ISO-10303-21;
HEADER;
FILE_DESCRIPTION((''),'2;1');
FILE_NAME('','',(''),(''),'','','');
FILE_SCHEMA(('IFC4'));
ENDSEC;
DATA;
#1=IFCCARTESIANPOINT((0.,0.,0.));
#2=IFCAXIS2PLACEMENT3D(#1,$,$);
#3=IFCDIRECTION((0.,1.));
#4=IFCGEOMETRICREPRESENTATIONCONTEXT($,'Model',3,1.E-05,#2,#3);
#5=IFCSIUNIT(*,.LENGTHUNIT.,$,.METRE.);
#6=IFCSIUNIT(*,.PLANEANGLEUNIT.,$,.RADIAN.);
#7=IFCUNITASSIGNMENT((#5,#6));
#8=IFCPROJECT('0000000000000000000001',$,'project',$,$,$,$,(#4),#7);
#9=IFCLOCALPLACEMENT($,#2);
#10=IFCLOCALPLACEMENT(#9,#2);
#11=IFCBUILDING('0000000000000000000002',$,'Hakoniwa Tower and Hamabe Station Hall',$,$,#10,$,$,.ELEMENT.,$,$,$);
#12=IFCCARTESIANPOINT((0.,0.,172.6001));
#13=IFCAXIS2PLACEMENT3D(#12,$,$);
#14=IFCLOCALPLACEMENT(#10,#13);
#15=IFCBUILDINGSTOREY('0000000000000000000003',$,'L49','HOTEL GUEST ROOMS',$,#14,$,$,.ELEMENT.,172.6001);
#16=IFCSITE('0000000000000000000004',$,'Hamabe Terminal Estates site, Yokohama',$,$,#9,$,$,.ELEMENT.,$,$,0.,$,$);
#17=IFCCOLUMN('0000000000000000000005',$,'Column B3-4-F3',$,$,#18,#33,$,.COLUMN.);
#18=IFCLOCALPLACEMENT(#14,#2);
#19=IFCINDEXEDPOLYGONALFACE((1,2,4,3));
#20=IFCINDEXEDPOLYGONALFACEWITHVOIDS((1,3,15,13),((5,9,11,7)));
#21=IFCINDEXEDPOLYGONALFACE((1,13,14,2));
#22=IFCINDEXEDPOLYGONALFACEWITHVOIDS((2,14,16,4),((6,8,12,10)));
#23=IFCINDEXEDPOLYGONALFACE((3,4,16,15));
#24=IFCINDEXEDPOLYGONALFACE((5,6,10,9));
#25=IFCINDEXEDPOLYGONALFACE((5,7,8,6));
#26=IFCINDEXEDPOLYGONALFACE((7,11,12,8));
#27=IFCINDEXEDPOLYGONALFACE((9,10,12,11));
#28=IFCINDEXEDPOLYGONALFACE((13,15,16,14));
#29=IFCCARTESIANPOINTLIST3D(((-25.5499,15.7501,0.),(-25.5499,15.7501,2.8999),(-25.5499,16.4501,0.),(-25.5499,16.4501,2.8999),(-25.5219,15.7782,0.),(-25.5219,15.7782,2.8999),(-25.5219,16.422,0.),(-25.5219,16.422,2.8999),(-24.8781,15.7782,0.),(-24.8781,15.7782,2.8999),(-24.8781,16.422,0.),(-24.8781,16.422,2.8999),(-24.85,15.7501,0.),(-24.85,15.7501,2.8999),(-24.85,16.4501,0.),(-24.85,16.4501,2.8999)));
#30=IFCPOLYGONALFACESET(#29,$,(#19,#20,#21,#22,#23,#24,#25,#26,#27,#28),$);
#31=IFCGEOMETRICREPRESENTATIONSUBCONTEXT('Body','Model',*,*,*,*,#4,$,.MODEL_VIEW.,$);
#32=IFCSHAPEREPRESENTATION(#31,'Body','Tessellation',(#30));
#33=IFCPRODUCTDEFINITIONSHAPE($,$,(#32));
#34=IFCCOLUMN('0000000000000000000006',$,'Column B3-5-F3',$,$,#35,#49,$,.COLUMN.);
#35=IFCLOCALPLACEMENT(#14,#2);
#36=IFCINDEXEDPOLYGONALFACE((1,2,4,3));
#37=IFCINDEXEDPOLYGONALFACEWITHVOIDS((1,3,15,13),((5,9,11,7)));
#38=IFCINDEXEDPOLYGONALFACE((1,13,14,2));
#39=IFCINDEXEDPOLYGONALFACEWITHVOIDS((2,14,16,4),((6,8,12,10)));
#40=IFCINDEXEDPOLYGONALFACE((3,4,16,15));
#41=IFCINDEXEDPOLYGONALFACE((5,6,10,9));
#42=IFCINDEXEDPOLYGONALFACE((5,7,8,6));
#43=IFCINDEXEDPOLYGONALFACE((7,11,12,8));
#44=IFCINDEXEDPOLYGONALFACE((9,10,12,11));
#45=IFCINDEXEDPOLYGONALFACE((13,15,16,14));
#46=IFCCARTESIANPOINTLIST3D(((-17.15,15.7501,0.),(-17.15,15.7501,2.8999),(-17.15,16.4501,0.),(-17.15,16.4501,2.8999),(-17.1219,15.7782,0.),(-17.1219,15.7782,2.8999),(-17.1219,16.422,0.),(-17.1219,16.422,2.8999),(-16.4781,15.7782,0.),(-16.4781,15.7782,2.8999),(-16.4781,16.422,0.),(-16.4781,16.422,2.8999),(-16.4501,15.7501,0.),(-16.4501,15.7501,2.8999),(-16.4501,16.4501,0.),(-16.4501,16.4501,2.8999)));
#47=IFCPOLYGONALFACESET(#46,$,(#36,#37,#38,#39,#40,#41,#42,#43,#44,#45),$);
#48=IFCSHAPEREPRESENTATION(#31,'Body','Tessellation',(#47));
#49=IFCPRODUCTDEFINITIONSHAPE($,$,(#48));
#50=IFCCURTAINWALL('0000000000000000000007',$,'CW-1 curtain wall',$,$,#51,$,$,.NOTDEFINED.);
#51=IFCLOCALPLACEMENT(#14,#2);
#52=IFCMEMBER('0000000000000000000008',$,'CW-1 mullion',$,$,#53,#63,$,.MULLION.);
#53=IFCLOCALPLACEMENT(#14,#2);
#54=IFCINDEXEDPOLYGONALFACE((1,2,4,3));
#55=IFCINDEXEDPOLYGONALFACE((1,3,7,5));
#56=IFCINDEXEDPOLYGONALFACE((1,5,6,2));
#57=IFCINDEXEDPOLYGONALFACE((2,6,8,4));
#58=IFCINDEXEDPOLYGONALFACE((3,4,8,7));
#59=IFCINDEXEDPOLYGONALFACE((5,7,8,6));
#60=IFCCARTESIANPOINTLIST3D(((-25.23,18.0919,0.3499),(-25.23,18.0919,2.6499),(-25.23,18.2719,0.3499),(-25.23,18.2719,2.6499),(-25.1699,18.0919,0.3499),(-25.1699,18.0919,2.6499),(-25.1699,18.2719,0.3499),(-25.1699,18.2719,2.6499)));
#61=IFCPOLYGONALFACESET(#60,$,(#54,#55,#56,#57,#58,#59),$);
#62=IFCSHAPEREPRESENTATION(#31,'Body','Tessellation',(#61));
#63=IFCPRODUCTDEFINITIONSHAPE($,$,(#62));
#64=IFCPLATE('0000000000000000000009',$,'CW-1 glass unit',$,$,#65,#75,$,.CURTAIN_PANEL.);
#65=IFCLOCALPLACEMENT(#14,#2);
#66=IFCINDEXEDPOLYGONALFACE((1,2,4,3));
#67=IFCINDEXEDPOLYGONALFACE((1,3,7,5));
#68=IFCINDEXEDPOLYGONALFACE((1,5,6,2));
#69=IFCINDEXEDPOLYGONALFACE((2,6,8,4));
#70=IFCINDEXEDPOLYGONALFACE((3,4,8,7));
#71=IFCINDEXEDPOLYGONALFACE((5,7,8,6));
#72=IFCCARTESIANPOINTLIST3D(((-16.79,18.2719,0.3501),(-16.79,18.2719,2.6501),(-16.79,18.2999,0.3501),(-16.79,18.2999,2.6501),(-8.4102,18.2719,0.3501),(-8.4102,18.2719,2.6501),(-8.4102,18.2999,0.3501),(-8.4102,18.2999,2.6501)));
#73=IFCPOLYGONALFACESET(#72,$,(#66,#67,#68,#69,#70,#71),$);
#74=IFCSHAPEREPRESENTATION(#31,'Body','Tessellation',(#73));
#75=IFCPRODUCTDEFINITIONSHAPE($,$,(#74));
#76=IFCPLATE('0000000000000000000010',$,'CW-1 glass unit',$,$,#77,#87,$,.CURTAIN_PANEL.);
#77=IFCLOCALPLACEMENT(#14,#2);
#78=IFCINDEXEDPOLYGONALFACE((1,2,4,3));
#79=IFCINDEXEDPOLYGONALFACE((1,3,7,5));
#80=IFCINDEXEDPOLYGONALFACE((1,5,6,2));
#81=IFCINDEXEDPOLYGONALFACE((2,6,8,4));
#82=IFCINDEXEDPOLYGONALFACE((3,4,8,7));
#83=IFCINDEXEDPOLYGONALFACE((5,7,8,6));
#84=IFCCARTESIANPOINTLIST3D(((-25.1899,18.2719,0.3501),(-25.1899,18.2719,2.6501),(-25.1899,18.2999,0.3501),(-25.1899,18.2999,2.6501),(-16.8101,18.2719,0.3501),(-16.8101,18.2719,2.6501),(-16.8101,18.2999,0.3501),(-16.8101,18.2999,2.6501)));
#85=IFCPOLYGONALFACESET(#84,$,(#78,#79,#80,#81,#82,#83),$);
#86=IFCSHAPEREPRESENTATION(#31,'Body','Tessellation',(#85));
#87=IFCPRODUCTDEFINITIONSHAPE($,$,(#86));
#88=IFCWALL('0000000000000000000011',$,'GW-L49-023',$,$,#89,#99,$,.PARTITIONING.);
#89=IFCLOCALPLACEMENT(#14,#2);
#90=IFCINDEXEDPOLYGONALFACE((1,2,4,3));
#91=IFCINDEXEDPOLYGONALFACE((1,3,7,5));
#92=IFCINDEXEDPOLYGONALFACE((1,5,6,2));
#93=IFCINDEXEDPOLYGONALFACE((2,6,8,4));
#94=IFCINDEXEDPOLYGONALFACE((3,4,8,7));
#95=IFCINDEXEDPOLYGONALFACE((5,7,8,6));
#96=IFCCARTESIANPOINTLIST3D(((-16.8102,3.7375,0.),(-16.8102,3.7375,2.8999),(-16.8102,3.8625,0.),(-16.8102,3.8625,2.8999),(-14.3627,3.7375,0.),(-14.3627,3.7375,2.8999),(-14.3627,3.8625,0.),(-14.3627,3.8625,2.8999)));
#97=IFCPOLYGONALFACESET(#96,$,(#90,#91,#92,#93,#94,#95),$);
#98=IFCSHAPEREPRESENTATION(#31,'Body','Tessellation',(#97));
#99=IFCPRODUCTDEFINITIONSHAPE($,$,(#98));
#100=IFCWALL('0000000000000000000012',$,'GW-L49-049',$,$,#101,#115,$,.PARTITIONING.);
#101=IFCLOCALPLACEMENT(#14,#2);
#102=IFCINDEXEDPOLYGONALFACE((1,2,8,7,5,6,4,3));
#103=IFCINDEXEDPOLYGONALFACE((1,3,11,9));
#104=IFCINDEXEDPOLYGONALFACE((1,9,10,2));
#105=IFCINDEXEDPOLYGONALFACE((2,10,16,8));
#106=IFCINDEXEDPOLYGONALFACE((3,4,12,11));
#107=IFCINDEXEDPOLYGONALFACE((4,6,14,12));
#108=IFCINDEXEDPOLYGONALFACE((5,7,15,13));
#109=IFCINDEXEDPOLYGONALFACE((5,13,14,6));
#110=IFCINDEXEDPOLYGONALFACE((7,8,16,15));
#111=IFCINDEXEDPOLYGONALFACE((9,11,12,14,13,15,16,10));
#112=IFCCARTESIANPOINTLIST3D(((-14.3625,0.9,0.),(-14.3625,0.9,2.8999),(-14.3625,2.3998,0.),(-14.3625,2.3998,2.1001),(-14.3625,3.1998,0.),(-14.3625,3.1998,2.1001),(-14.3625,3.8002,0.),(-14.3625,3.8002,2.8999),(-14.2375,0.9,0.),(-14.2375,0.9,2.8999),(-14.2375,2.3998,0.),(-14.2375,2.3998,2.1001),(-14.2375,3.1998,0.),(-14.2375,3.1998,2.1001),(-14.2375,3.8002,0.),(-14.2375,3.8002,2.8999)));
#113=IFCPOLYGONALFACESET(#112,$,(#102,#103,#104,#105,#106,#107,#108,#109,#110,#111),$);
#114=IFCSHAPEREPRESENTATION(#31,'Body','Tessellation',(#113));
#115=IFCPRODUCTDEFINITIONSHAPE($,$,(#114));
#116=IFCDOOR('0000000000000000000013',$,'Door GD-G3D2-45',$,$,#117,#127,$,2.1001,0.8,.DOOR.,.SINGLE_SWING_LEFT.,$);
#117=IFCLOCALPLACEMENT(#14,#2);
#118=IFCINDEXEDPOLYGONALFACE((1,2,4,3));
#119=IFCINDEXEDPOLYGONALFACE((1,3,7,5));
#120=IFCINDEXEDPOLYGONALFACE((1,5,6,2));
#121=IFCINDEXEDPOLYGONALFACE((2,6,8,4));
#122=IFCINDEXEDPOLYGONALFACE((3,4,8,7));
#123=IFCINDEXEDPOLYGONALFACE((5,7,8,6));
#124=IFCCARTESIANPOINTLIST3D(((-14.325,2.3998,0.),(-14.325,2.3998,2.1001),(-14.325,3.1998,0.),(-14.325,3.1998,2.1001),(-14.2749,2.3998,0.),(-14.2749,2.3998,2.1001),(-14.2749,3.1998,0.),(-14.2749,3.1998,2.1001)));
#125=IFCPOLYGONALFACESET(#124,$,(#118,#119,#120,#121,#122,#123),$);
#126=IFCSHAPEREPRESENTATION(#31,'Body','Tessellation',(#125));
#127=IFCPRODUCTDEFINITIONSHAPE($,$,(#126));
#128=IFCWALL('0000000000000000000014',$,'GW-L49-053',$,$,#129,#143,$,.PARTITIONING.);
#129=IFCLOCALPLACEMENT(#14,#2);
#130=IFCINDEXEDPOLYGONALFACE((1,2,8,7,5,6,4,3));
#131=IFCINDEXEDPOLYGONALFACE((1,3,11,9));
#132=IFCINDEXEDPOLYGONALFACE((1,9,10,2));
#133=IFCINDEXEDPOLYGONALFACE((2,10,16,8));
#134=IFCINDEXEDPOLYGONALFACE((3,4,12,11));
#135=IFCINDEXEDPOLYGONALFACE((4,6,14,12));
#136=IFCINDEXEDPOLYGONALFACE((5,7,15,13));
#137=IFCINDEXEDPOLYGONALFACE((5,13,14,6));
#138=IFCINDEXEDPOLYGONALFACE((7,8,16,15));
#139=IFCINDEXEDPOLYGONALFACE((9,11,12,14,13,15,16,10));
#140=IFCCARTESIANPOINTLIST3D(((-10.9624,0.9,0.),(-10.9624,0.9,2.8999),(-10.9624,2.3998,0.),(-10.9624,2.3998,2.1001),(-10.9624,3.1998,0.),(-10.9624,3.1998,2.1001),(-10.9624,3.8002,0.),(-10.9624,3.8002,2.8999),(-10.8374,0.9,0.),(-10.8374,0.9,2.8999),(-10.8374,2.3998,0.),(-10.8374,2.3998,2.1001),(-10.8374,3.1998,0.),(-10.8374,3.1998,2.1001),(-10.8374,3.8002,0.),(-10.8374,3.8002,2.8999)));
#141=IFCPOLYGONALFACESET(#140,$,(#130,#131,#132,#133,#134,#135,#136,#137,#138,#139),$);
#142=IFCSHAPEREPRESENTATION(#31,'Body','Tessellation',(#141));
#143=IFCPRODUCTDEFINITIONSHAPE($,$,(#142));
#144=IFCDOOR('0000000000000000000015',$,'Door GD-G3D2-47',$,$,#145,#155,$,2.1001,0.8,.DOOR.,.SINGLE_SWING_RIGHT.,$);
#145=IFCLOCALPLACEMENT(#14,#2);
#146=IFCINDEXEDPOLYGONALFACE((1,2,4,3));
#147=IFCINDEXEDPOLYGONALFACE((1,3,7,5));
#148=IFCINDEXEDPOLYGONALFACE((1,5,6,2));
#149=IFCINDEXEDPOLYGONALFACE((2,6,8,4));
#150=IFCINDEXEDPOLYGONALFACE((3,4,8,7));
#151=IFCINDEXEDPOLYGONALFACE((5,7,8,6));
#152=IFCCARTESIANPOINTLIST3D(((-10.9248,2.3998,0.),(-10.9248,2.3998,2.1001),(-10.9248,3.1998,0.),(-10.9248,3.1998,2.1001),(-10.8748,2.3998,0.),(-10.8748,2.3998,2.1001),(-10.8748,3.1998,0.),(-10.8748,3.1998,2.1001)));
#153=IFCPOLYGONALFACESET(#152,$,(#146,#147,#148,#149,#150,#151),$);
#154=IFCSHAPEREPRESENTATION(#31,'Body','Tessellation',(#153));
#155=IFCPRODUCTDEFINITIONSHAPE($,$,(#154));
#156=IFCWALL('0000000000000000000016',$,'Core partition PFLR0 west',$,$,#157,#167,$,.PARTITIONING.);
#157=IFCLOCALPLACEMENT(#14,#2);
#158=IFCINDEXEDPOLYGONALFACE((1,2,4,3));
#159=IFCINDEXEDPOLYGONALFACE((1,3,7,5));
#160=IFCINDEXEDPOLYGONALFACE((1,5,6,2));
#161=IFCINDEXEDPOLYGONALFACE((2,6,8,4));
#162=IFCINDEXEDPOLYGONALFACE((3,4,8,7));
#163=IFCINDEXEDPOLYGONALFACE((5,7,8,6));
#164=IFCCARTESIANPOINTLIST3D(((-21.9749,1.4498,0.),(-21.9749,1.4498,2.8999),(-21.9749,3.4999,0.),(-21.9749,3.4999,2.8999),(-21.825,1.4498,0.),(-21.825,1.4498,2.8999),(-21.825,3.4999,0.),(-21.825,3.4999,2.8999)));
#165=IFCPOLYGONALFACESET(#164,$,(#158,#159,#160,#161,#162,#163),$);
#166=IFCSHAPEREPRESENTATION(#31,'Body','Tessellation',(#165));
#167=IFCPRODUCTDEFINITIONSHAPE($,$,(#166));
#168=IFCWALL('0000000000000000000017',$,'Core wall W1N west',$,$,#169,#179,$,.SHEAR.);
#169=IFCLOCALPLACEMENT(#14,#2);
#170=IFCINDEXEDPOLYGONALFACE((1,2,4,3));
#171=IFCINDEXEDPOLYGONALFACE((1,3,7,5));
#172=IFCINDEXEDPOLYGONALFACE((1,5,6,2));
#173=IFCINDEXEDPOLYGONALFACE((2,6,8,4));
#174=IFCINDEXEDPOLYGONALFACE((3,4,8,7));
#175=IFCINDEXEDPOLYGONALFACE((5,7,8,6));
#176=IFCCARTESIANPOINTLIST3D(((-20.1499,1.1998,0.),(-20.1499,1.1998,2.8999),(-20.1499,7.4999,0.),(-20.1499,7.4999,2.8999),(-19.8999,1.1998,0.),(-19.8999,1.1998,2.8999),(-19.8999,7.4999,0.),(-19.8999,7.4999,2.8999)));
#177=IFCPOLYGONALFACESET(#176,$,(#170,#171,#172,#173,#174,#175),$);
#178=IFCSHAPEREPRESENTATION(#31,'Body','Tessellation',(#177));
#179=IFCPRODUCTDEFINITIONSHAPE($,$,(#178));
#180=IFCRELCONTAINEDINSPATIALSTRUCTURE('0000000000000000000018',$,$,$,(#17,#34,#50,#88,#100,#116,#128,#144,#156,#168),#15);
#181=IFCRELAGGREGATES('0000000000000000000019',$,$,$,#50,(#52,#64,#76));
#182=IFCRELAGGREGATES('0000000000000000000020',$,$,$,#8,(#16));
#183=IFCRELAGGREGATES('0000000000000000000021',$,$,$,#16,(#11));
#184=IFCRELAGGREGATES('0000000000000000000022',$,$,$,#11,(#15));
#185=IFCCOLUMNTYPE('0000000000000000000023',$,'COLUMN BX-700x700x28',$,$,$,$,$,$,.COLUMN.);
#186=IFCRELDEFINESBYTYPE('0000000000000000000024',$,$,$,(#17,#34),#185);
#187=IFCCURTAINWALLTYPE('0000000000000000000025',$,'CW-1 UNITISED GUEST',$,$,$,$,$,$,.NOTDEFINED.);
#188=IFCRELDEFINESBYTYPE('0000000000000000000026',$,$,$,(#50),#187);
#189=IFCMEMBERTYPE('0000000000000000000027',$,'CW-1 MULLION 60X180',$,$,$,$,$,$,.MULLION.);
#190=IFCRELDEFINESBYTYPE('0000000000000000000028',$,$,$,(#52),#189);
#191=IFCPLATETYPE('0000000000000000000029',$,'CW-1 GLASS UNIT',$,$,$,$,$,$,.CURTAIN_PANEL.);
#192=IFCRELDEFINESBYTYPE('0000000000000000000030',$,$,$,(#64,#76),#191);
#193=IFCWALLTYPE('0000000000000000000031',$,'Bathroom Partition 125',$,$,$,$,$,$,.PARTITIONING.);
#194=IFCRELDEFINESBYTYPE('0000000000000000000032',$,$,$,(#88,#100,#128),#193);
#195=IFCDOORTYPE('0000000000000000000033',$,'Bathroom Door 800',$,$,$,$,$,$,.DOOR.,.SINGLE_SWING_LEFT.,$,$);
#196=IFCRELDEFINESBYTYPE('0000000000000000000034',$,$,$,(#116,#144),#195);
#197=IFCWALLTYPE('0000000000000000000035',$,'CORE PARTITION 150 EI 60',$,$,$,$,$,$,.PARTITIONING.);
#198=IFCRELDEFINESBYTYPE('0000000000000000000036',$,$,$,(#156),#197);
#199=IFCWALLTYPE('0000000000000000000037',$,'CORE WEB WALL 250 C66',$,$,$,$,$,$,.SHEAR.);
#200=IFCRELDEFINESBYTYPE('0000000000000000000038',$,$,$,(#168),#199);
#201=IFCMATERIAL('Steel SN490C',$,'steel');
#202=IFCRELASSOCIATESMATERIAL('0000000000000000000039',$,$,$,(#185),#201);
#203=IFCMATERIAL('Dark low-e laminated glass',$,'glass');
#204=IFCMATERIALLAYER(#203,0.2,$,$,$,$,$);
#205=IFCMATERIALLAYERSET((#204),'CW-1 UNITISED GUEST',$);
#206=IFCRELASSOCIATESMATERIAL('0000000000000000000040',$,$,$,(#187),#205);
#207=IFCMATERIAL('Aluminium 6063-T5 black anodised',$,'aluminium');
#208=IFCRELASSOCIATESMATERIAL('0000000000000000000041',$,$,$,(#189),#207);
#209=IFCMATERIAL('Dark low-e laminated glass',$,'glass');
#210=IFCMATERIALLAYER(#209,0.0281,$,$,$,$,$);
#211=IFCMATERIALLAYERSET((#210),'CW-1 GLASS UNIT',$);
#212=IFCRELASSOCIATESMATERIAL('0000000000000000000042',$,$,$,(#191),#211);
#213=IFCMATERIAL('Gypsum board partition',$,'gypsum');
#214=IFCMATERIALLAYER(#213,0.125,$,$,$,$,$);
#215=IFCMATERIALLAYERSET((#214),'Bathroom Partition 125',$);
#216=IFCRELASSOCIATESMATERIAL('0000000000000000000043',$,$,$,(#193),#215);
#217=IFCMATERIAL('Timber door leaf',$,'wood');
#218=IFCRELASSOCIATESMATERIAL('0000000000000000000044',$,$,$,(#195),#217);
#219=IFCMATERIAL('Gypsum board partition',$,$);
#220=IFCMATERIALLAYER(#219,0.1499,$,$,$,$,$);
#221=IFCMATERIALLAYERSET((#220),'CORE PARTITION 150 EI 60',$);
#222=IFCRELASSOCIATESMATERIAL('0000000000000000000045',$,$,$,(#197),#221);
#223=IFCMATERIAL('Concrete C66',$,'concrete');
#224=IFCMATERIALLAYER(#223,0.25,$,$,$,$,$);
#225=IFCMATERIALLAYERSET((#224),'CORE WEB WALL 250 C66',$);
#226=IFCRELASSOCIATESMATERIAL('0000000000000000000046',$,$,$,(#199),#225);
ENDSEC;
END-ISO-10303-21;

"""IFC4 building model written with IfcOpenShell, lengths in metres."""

from ifc_helpers import new_model, si_unit, direction, frame, frame_2d, origin, origin_2d, place, context, subcontext, project, spatial, rectangle, hollow_rectangle, extrude, material, layer, layer_set, material_profile, profile_set, type_object, element, fill, aggregate, save


model = new_model("IFC4")

# Units and contexts
model_context = context("Model", 3, precision=1e-05, world=origin(), true_north=direction((0.0, 1.0)))
body_context = subcontext(model_context, "Body", "Model", "MODEL_VIEW")
ifc_project = project(units=[si_unit("LENGTHUNIT", "METRE"), si_unit("PLANEANGLEUNIT", "RADIAN")], contexts=[model_context])

# Site, building, storey
site_placement = place(None, origin())
site = spatial("IfcSite", under=ifc_project, at=site_placement, Name="Hamabe Terminal Estates site, Yokohama", CompositionType="ELEMENT", RefElevation=0.0)
building_placement = place(site_placement, origin())
building = spatial("IfcBuilding", under=site, at=building_placement, Name="Hakoniwa Tower and Hamabe Station Hall", CompositionType="ELEMENT")
storey_placement = place(building_placement, frame((0.0, 0.0, 172.6001)))
storey = spatial("IfcBuildingStorey", under=building, at=storey_placement, Name="L49", Description="HOTEL GUEST ROOMS", CompositionType="ELEMENT", Elevation=172.6001)

# Columns
ifc_material_1 = material(Name="Steel SN490C", Category="steel")
ifc_material_profile_1 = material_profile(ifc_material_1, hollow_rectangle(XDim=0.7, YDim=0.7, WallThickness=0.0281, at=origin_2d()), Name="BX-700x700x28")
ifc_profile_set_1 = profile_set([ifc_material_profile_1], Name="Steel SN490C")
column_type = type_object("IfcColumnType", Name="COLUMN BX-700x700x28", PredefinedType="COLUMN", material=ifc_profile_set_1)
for number, where, z_axis, x_axis, name in (
    (1, (-25.2, 16.1001, 0.0), (0.0, 0.0, 1.0), (1.0, 0.0, 0.0), "Column B3-4-F3"),
    (2, (-16.8, 16.1001, 0.0), (0.0, 0.0, 1.0), (1.0, 0.0, 0.0), "Column B3-5-F3"),
):
    element("IfcColumn", number, at=place(storey_placement, frame(where, z_axis=z_axis, x_axis=x_axis)), inside=storey, type_object=column_type, Name=name, PredefinedType="COLUMN", context=body_context, shape_type="SweptSolid", body=[
        extrude(hollow_rectangle(XDim=0.7, YDim=0.7, WallThickness=0.0281, at=origin_2d()), origin(), (0.0, 0.0, 1.0), 2.8999),
    ])

# Curtain wall, member, plates
ifc_material_2 = material(Name="Dark low-e laminated glass", Category="glass")
ifc_layer_1 = layer(ifc_material_2, 0.2)
ifc_layer_set_1 = layer_set([ifc_layer_1], Name="CW-1 UNITISED GUEST")
curtain_wall_type = type_object("IfcCurtainWallType", Name="CW-1 UNITISED GUEST", PredefinedType="NOTDEFINED", material=ifc_layer_set_1)
curtain_wall_placement = place(storey_placement, origin())
curtain_wall = element("IfcCurtainWall", 3, at=curtain_wall_placement, inside=storey, type_object=curtain_wall_type, Name="CW-1 curtain wall", PredefinedType="NOTDEFINED")
ifc_material_3 = material(Name="Aluminium 6063-T5 black anodised", Category="aluminium")
ifc_material_profile_2 = material_profile(ifc_material_3, rectangle(XDim=0.0601, YDim=0.1799, at=origin_2d()), Name="CW-1 MULLION 60X180")
ifc_profile_set_2 = profile_set([ifc_material_profile_2], Name="Aluminium 6063-T5 black anodised")
member_type = type_object("IfcMemberType", Name="CW-1 MULLION 60X180", PredefinedType="MULLION", material=ifc_profile_set_2)
member_placement = place(storey_placement, frame((-25.2, 18.1819, 0.3499), z_axis=(0.0, 0.0, 1.0), x_axis=(-1.0, 0.0, 0.0)))
member = element("IfcMember", 4, at=member_placement, type_object=member_type, Name="CW-1 mullion", PredefinedType="MULLION", context=body_context, shape_type="SweptSolid", body=[
    extrude(rectangle(XDim=0.0601, YDim=0.1799, at=origin_2d()), origin(), (0.0, 0.0, 1.0), 2.3),
])
ifc_material_4 = material(Name="Dark low-e laminated glass", Category="glass")
ifc_layer_2 = layer(ifc_material_4, 0.0281)
ifc_layer_set_2 = layer_set([ifc_layer_2], Name="CW-1 GLASS UNIT")
plate_type = type_object("IfcPlateType", Name="CW-1 GLASS UNIT", PredefinedType="CURTAIN_PANEL", material=ifc_layer_set_2)
plate_1_placement = place(storey_placement, frame((-12.6001, 18.2859, 0.3501), z_axis=(0.0, 0.0, 1.0), x_axis=(-1.0, 0.0, 0.0)))
plate_1 = element("IfcPlate", 5, at=plate_1_placement, type_object=plate_type, Name="CW-1 glass unit", PredefinedType="CURTAIN_PANEL", context=body_context, shape_type="SweptSolid", body=[
    extrude(rectangle(XDim=8.3799, YDim=0.0281, at=origin_2d()), origin(), (0.0, 0.0, 1.0), 2.3),
])
plate_2_placement = place(storey_placement, frame((-21.0, 18.2859, 0.3501), z_axis=(0.0, 0.0, 1.0), x_axis=(-1.0, 0.0, 0.0)))
plate_2 = element("IfcPlate", 6, at=plate_2_placement, type_object=plate_type, Name="CW-1 glass unit", PredefinedType="CURTAIN_PANEL", context=body_context, shape_type="SweptSolid", body=[
    extrude(rectangle(XDim=8.3799, YDim=0.0281, at=origin_2d()), origin(), (0.0, 0.0, 1.0), 2.3),
])
aggregate(curtain_wall, [member, plate_1, plate_2])

# Wall
ifc_material_5 = material(Name="Gypsum board partition", Category="gypsum")
ifc_layer_3 = layer(ifc_material_5, 0.125)
ifc_layer_set_3 = layer_set([ifc_layer_3], Name="Bathroom Partition 125")
wall_type_1 = type_object("IfcWallType", Name="Bathroom Partition 125", PredefinedType="PARTITIONING", material=ifc_layer_set_3)
wall_1_placement = place(storey_placement, frame((-16.8101, 3.8, 0.0), z_axis=(0.0, 0.0, 1.0), x_axis=(1.0, 0.0, 0.0)))
element("IfcWall", 7, at=wall_1_placement, inside=storey, type_object=wall_type_1, Name="GW-L49-023", PredefinedType="PARTITIONING", context=body_context, shape_type="SweptSolid", body=[
    extrude(rectangle(XDim=2.4475, YDim=0.125, at=frame_2d((1.2236, 0.0))), origin(), (0.0, 0.0, 1.0), 2.8999),
])

# Walls, openings, doors
wall_2_placement = place(storey_placement, frame((-14.3, 0.8999, 0.0), z_axis=(0.0, 0.0, 1.0), x_axis=(0.0, 1.0, 0.0)))
wall_2 = element("IfcWall", 8, at=wall_2_placement, inside=storey, type_object=wall_type_1, Name="GW-L49-049", PredefinedType="PARTITIONING", context=body_context, shape_type="SweptSolid", body=[
    extrude(rectangle(XDim=2.9001, YDim=0.125, at=frame_2d((1.4502, 0.0))), origin(), (0.0, 0.0, 1.0), 2.8999),
])
opening_1_placement = place(wall_2_placement, frame((1.5, 0.0, 0.0)))
opening_1 = element("IfcOpeningElement", 9, at=opening_1_placement, cuts=wall_2, PredefinedType="OPENING", context=body_context, shape_type="SweptSolid", body=[
    extrude(rectangle(XDim=0.8, YDim=2.1001, at=frame_2d((0.3999, 1.05))), frame((0.0, 0.0725, 0.0), z_axis=(0.0, -1.0, 0.0), x_axis=(1.0, 0.0, 0.0)), (0.0, 0.0, 1.0), 0.145),
])
ifc_material_6 = material(Name="Timber door leaf", Category="wood")
door_type_1 = type_object("IfcDoorType", Name="Bathroom Door 800", OperationType="SINGLE_SWING_LEFT", PredefinedType="DOOR", material=ifc_material_6)
door_1_placement = place(opening_1_placement, origin())
door_1 = element("IfcDoor", 10, at=door_1_placement, inside=storey, type_object=door_type_1, Name="Door GD-G3D2-45", OperationType="SINGLE_SWING_LEFT", OverallHeight=2.1001, OverallWidth=0.8, PredefinedType="DOOR", context=body_context, shape_type="SweptSolid", body=[
    extrude(rectangle(XDim=0.8, YDim=2.1001, at=frame_2d((0.3999, 1.05))), frame((0.0, 0.0249, 0.0), z_axis=(0.0, -1.0, 0.0), x_axis=(1.0, 0.0, 0.0)), (0.0, 0.0, 1.0), 0.05),
])
fill(opening_1, door_1)
wall_3_placement = place(storey_placement, frame((-10.8999, 0.8999, 0.0), z_axis=(0.0, 0.0, 1.0), x_axis=(0.0, 1.0, 0.0)))
wall_3 = element("IfcWall", 11, at=wall_3_placement, inside=storey, type_object=wall_type_1, Name="GW-L49-053", PredefinedType="PARTITIONING", context=body_context, shape_type="SweptSolid", body=[
    extrude(rectangle(XDim=2.9001, YDim=0.125, at=frame_2d((1.4502, 0.0))), origin(), (0.0, 0.0, 1.0), 2.8999),
])
opening_2_placement = place(wall_3_placement, frame((1.5, 0.0, 0.0)))
opening_2 = element("IfcOpeningElement", 12, at=opening_2_placement, cuts=wall_3, PredefinedType="OPENING", context=body_context, shape_type="SweptSolid", body=[
    extrude(rectangle(XDim=0.8, YDim=2.1001, at=frame_2d((0.3999, 1.05))), frame((0.0, 0.0725, 0.0), z_axis=(0.0, -1.0, 0.0), x_axis=(1.0, 0.0, 0.0)), (0.0, 0.0, 1.0), 0.145),
])
door_2_placement = place(opening_2_placement, origin())
door_2 = element("IfcDoor", 13, at=door_2_placement, inside=storey, type_object=door_type_1, Name="Door GD-G3D2-47", OperationType="SINGLE_SWING_RIGHT", OverallHeight=2.1001, OverallWidth=0.8, PredefinedType="DOOR", context=body_context, shape_type="SweptSolid", body=[
    extrude(rectangle(XDim=0.8, YDim=2.1001, at=frame_2d((0.3999, 1.05))), frame((0.0, 0.0249, 0.0), z_axis=(0.0, -1.0, 0.0), x_axis=(1.0, 0.0, 0.0)), (0.0, 0.0, 1.0), 0.05),
])
fill(opening_2, door_2)

# Walls
ifc_material_7 = material(Name="Gypsum board partition")
ifc_layer_4 = layer(ifc_material_7, 0.1499)
ifc_layer_set_4 = layer_set([ifc_layer_4], Name="CORE PARTITION 150 EI 60")
wall_type_2 = type_object("IfcWallType", Name="CORE PARTITION 150 EI 60", PredefinedType="PARTITIONING", material=ifc_layer_set_4)
wall_4_placement = place(storey_placement, frame((-21.8999, 1.45, 0.0), z_axis=(0.0, 0.0, 1.0), x_axis=(0.0, 1.0, 0.0)))
element("IfcWall", 14, at=wall_4_placement, inside=storey, type_object=wall_type_2, Name="Core partition PFLR0 west", PredefinedType="PARTITIONING", context=body_context, shape_type="SweptSolid", body=[
    extrude(rectangle(XDim=2.05, YDim=0.1499, at=frame_2d((1.0249, 0.0))), origin(), (0.0, 0.0, 1.0), 2.8999),
])
ifc_material_8 = material(Name="Concrete C66", Category="concrete")
ifc_layer_5 = layer(ifc_material_8, 0.25)
ifc_layer_set_5 = layer_set([ifc_layer_5], Name="CORE WEB WALL 250 C66")
wall_type_3 = type_object("IfcWallType", Name="CORE WEB WALL 250 C66", PredefinedType="SHEAR", material=ifc_layer_set_5)
wall_5_placement = place(storey_placement, frame((-20.0249, 1.2, 0.0), z_axis=(0.0, 0.0, 1.0), x_axis=(0.0, 1.0, 0.0)))
element("IfcWall", 15, at=wall_5_placement, inside=storey, type_object=wall_type_3, Name="Core wall W1N west", PredefinedType="SHEAR", context=body_context, shape_type="SweptSolid", body=[
    extrude(rectangle(XDim=6.3, YDim=0.25, at=frame_2d((3.1499, 0.0))), origin(), (0.0, 0.0, 1.0), 2.8999),
])

save(model, "model.ifc")
